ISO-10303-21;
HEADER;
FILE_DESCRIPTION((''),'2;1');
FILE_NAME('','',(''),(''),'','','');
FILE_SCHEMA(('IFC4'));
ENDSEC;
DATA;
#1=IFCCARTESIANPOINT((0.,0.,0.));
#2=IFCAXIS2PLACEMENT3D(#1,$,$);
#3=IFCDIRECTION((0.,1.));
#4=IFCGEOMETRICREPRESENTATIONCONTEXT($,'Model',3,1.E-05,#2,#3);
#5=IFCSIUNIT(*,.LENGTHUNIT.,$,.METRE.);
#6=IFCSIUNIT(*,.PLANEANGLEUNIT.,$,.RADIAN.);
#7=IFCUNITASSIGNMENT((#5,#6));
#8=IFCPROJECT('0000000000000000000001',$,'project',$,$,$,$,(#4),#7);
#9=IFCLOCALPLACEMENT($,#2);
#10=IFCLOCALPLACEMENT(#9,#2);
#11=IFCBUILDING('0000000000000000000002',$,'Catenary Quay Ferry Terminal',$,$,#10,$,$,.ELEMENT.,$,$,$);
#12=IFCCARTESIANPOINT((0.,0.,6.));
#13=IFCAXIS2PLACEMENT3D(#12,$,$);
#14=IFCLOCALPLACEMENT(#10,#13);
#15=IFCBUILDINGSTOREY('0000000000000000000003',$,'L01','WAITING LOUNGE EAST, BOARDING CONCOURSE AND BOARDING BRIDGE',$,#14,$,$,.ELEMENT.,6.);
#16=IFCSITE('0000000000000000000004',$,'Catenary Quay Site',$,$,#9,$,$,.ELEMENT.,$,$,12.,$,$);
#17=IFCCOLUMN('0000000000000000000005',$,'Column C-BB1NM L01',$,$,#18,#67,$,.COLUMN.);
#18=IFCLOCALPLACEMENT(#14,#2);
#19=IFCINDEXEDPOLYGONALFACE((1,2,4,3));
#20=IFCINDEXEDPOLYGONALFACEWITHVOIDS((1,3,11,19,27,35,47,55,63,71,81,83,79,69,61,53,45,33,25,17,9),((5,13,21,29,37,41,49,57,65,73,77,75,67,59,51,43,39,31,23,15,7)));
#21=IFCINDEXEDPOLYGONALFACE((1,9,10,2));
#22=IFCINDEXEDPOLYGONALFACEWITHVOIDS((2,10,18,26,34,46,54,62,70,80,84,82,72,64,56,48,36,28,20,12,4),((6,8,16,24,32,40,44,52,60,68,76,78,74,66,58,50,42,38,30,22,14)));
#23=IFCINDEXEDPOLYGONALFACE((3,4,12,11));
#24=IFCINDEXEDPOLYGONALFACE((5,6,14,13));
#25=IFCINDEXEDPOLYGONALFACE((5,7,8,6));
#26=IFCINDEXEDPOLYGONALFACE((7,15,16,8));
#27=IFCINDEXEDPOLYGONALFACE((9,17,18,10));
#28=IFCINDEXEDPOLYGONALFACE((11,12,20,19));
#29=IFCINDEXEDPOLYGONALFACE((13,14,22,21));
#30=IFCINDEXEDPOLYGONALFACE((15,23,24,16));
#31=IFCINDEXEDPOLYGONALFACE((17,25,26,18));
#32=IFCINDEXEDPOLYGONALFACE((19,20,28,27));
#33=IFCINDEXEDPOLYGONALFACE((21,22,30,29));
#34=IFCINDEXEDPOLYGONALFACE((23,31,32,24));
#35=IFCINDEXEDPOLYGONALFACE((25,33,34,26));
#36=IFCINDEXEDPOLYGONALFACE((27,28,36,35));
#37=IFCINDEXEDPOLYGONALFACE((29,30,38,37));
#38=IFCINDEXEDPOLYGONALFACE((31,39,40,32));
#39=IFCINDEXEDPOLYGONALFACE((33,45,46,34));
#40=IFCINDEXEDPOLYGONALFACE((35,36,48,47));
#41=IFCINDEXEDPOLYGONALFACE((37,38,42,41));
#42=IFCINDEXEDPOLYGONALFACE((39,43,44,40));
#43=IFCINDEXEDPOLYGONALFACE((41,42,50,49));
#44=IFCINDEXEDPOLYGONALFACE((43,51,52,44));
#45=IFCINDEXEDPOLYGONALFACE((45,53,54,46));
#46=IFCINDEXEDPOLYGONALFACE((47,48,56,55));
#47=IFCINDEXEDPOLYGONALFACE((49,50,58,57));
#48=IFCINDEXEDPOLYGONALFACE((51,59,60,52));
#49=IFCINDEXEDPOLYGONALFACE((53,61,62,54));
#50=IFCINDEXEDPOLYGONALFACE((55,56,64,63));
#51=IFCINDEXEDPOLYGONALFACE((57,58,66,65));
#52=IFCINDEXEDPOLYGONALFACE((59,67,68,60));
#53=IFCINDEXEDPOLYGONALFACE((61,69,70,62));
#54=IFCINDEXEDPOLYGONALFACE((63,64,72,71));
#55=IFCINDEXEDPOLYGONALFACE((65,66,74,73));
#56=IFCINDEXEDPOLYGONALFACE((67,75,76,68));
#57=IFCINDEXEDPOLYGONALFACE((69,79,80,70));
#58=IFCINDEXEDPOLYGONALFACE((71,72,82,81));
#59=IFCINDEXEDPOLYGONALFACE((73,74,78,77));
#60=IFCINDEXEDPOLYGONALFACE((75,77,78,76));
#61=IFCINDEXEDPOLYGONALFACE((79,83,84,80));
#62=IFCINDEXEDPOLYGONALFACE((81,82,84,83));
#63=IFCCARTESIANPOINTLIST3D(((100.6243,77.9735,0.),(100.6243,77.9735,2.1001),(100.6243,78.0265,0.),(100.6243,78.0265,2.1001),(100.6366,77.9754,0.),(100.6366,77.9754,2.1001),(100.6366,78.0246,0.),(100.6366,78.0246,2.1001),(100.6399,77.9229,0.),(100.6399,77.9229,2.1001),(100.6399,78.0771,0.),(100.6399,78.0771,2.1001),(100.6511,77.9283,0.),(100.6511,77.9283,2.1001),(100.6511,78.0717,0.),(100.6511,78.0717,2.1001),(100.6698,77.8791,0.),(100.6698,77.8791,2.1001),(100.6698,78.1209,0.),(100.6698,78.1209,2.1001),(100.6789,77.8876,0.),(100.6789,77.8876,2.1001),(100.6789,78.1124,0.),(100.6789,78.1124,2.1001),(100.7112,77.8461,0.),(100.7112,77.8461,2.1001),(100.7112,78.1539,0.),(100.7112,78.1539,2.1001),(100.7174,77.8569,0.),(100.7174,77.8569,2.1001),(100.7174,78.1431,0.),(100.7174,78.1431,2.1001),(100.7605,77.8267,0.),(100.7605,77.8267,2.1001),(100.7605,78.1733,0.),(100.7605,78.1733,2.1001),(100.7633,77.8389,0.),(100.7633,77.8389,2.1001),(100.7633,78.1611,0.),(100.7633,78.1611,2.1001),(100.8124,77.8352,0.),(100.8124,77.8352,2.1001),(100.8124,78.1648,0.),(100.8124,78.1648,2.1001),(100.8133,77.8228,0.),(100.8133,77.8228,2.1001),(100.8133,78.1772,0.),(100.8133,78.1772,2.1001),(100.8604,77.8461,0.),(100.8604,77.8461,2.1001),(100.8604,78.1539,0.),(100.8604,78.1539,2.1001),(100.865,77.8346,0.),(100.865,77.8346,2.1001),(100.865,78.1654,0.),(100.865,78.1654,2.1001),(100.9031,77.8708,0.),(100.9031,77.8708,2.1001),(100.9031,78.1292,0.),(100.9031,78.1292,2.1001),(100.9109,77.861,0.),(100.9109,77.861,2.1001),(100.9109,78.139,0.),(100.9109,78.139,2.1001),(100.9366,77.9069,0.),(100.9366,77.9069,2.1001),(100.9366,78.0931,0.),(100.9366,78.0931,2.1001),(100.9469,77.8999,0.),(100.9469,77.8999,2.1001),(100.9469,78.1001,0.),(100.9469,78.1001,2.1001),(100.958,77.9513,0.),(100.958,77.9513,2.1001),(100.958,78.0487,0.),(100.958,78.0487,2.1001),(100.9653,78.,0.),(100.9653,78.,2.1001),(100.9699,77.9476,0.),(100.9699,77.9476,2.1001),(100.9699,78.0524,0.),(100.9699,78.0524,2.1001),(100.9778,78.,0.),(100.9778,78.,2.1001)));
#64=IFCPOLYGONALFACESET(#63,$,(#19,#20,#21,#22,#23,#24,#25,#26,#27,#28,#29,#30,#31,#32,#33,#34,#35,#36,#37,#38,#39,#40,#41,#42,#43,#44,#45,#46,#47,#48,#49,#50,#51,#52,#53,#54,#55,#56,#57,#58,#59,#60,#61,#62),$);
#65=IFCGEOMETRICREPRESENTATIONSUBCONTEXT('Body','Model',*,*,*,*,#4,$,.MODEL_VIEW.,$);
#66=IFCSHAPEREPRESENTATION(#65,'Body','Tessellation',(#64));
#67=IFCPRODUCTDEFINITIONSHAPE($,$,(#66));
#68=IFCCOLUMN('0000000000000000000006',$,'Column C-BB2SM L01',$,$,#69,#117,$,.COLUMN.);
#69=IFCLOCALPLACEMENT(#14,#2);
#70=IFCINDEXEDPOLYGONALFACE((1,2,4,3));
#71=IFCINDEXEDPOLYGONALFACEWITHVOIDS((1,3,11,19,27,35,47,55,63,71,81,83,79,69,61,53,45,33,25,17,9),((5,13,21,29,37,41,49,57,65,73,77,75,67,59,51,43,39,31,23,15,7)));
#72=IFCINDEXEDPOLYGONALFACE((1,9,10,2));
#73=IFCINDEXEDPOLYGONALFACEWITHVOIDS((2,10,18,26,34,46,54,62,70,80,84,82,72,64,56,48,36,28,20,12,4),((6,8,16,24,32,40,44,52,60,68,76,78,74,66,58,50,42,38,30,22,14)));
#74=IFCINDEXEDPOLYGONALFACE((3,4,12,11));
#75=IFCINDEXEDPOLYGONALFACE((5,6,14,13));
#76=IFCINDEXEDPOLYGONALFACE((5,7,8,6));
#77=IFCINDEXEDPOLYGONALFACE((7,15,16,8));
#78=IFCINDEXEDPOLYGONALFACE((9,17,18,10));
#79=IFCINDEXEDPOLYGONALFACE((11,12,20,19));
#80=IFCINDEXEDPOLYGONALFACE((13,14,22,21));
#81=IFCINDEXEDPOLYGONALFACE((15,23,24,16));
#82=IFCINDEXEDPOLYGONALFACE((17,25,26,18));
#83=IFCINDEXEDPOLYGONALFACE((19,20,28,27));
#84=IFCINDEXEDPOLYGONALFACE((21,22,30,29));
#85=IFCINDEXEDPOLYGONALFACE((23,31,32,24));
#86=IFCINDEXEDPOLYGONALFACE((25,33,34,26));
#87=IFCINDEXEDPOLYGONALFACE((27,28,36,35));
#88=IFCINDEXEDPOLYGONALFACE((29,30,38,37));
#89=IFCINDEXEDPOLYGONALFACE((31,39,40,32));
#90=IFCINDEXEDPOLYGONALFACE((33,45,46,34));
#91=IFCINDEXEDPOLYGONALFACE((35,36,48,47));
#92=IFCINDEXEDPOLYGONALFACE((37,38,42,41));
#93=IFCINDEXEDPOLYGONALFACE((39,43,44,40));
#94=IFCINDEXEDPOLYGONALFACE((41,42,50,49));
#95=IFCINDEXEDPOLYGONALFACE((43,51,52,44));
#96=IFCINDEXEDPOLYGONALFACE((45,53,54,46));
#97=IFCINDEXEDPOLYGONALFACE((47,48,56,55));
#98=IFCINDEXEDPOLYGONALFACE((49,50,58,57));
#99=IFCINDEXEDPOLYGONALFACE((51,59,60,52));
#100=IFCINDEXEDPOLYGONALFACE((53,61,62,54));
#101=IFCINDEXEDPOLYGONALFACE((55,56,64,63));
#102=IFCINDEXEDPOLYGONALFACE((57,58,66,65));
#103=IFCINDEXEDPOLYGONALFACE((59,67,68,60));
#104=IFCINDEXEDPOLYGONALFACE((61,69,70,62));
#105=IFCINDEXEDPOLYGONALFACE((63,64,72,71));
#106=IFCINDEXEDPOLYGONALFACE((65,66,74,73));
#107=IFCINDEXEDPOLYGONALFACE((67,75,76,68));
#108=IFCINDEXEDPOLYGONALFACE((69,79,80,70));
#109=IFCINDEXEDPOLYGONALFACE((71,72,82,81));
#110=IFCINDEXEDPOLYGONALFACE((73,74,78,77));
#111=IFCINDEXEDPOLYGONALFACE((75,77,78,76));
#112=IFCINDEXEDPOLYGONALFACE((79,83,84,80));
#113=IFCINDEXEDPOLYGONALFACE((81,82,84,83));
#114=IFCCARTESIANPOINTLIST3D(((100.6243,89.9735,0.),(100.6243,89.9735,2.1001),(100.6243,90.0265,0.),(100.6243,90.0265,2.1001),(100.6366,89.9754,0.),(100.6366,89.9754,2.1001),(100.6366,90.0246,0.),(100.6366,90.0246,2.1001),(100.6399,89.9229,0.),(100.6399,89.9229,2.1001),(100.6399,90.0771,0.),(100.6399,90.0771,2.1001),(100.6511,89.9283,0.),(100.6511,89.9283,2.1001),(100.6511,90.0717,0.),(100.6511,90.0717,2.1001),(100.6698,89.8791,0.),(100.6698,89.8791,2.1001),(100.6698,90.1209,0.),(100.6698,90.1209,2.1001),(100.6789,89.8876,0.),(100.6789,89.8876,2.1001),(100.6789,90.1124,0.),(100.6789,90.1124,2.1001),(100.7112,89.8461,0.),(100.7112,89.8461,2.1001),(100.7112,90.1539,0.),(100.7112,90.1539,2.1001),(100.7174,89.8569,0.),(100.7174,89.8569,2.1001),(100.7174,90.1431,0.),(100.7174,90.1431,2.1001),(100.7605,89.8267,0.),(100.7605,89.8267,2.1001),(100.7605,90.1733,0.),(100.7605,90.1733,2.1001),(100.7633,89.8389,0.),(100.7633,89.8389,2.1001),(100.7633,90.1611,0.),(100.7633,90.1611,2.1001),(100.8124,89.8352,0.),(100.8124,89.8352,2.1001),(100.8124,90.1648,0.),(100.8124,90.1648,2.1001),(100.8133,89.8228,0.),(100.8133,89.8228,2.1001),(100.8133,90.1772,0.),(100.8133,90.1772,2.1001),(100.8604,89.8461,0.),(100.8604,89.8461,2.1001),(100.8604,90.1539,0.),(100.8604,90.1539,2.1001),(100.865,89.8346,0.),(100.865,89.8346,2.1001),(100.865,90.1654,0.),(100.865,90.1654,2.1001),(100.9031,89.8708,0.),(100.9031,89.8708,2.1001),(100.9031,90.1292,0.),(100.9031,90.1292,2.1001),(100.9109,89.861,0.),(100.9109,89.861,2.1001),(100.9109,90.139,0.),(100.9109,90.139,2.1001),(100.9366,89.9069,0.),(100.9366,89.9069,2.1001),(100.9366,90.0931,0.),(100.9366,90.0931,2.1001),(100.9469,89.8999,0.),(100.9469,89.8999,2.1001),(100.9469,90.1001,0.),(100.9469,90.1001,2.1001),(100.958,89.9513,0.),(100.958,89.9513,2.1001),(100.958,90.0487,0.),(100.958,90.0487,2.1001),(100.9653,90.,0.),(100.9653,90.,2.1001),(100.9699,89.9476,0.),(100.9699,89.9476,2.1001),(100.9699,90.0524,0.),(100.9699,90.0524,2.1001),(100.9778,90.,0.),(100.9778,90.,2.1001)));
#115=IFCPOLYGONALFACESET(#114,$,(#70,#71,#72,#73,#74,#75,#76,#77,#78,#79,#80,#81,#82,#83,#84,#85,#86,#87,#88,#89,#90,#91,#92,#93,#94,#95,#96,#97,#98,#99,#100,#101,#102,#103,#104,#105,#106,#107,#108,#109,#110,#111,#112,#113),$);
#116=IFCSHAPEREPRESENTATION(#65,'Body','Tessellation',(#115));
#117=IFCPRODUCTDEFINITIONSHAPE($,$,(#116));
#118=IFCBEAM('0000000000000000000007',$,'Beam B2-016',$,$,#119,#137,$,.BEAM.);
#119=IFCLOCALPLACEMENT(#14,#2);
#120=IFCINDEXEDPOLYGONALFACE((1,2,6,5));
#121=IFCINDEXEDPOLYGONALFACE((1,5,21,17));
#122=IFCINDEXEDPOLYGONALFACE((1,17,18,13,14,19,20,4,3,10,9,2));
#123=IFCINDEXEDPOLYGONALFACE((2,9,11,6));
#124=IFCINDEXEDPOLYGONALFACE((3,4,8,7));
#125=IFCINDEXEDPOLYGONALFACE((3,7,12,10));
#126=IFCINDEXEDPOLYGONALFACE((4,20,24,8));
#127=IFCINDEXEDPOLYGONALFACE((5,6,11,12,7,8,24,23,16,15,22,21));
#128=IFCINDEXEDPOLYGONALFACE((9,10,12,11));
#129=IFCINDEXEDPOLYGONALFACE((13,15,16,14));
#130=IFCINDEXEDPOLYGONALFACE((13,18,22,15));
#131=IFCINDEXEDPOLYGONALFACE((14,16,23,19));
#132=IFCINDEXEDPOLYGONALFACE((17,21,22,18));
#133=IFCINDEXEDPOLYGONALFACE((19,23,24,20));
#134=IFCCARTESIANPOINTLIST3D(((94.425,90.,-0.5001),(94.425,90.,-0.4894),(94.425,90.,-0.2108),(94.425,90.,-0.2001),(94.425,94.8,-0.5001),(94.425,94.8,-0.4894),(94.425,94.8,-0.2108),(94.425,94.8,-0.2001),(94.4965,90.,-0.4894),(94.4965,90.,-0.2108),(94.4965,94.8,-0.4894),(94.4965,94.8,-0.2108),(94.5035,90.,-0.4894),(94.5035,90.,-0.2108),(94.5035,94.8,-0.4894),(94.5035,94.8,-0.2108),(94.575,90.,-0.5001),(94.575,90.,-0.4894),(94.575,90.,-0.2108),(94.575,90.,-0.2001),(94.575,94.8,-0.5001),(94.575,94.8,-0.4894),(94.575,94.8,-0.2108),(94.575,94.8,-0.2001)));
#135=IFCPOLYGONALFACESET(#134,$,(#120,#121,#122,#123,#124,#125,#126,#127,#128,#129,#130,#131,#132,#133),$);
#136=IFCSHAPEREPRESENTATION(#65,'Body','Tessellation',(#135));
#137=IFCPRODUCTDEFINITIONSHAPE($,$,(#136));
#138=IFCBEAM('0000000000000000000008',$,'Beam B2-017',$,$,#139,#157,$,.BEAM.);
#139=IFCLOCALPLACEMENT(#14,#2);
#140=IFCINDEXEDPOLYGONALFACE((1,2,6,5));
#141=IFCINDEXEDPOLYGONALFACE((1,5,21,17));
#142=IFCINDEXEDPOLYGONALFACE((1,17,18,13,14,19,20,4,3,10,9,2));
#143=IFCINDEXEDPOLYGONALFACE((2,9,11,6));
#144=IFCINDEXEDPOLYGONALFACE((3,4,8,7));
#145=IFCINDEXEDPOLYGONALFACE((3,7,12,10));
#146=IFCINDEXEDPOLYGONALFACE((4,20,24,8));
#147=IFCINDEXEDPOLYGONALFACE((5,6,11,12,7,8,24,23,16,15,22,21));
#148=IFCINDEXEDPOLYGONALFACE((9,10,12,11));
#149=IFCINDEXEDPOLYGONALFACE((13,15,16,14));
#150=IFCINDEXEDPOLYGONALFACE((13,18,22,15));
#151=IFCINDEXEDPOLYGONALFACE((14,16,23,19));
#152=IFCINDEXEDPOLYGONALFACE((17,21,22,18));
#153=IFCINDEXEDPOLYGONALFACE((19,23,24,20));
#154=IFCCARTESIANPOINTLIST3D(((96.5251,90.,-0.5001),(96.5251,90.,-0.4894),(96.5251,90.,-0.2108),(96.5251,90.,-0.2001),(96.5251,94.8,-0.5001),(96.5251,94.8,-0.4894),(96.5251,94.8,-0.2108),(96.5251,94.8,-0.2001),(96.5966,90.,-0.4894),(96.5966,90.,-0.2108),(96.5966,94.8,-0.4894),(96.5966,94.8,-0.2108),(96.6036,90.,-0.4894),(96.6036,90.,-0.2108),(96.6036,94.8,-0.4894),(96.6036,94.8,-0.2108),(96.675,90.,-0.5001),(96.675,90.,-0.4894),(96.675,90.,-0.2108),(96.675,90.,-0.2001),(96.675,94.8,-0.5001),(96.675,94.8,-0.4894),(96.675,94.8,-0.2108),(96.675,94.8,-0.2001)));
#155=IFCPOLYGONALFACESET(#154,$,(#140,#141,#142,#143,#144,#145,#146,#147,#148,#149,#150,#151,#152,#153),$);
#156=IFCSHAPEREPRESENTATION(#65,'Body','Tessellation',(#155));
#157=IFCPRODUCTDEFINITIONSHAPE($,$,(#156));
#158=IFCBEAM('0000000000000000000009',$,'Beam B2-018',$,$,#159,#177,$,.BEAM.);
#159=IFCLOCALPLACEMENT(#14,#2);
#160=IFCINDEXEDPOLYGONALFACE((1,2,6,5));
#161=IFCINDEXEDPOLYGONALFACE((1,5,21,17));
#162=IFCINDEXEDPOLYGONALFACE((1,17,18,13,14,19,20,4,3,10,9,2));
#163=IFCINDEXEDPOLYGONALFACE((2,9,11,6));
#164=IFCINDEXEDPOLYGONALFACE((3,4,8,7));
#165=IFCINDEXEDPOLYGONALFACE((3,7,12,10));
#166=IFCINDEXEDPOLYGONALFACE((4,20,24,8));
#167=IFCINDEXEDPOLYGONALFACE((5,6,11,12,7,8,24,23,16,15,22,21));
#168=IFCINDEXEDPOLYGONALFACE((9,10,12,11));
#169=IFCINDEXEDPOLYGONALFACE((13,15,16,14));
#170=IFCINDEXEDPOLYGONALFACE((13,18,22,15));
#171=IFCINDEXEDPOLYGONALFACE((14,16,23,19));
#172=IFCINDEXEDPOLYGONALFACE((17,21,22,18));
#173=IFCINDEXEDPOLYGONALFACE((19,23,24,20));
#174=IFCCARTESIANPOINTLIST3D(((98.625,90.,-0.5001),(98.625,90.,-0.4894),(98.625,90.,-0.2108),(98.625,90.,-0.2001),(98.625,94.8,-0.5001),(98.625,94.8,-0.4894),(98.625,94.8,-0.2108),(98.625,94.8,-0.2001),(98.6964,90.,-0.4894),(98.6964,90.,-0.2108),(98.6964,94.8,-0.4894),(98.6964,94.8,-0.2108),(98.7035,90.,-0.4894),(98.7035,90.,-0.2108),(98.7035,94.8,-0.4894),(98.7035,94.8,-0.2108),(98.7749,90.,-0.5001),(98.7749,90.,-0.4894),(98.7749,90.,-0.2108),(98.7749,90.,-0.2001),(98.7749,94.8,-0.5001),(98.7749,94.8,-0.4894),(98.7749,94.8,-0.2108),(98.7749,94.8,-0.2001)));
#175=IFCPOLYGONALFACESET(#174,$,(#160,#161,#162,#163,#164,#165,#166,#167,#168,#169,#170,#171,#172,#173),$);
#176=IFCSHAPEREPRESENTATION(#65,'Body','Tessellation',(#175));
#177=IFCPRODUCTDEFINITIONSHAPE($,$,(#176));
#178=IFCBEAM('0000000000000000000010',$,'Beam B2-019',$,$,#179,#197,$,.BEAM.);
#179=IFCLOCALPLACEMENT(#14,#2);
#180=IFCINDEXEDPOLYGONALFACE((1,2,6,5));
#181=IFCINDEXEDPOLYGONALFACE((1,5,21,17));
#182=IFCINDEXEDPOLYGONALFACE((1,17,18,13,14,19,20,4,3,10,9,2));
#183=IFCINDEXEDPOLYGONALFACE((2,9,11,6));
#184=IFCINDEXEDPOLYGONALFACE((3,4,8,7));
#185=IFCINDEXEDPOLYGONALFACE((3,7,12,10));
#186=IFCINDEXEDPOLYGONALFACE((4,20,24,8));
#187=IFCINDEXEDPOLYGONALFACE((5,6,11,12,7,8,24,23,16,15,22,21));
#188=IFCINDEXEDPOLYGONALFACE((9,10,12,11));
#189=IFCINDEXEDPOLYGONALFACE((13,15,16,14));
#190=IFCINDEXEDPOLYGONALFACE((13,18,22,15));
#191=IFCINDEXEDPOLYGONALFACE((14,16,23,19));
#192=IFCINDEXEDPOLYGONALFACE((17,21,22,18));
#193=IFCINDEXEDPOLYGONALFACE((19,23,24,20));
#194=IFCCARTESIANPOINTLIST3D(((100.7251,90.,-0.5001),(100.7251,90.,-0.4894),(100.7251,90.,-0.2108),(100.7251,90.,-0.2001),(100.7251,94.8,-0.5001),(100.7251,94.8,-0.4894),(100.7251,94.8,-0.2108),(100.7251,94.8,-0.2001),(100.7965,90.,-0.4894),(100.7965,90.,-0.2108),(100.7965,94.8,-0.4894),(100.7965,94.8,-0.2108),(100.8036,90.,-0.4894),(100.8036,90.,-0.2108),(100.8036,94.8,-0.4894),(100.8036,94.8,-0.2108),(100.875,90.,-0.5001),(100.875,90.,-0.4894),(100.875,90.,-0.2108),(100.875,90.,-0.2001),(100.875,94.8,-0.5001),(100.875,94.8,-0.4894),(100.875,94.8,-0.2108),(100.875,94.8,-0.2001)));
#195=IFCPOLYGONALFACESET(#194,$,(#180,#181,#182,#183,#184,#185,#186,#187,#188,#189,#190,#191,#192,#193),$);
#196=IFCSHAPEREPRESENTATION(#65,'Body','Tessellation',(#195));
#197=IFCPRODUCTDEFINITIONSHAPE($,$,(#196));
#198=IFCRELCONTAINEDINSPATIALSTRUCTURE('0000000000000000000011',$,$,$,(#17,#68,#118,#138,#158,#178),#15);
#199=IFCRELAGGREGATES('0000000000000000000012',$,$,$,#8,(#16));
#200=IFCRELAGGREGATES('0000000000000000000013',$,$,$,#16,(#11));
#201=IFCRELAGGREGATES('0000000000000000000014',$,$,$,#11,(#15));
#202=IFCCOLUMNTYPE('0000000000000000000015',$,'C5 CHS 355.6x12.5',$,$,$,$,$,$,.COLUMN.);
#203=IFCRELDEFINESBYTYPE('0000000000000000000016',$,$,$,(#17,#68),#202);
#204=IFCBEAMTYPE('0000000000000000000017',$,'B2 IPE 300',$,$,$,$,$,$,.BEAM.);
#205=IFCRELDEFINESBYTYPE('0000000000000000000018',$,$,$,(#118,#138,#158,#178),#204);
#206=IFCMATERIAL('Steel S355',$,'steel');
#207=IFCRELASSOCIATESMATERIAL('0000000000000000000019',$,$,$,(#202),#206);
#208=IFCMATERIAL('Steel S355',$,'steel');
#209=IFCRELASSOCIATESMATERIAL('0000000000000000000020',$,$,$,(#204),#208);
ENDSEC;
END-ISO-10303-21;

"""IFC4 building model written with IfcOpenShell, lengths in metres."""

from ifc_helpers import new_model, si_unit, direction, frame, origin, origin_2d, place, context, subcontext, project, spatial, hollow_circle, i_section, extrude, material, material_profile, profile_set, type_object, element, save


model = new_model("IFC4")

# Units and contexts
model_context = context("Model", 3, precision=1e-05, world=origin(), true_north=direction((0.0, 1.0)))
body_context = subcontext(model_context, "Body", "Model", "MODEL_VIEW")
ifc_project = project(units=[si_unit("LENGTHUNIT", "METRE"), si_unit("PLANEANGLEUNIT", "RADIAN")], contexts=[model_context])

# Site, building, storey
site_placement = place(None, origin())
site = spatial("IfcSite", under=ifc_project, at=site_placement, Name="Catenary Quay Site", CompositionType="ELEMENT", RefElevation=12.0)
building_placement = place(site_placement, origin())
building = spatial("IfcBuilding", under=site, at=building_placement, Name="Catenary Quay Ferry Terminal", CompositionType="ELEMENT")
storey_placement = place(building_placement, frame((0.0, 0.0, 6.0)))
storey = spatial("IfcBuildingStorey", under=building, at=storey_placement, Name="L01", Description="WAITING LOUNGE EAST, BOARDING CONCOURSE AND BOARDING BRIDGE", CompositionType="ELEMENT", Elevation=6.0)

# Columns
ifc_material_1 = material(Name="Steel S355", Category="steel")
ifc_material_profile_1 = material_profile(ifc_material_1, hollow_circle(Radius=0.1777, WallThickness=0.0125, at=origin_2d()), Name="CHS 355.6x12.5")
ifc_profile_set_1 = profile_set([ifc_material_profile_1], Name="Steel S355")
column_type = type_object("IfcColumnType", Name="C5 CHS 355.6x12.5", PredefinedType="COLUMN", material=ifc_profile_set_1)
for number, where, z_axis, x_axis, name in (
    (1, (100.8, 78.0, 0.0), (0.0, 0.0, 1.0), (1.0, 0.0, 0.0), "Column C-BB1NM L01"),
    (2, (100.8, 90.0, 0.0), (0.0, 0.0, 1.0), (1.0, 0.0, 0.0), "Column C-BB2SM L01"),
):
    element("IfcColumn", number, at=place(storey_placement, frame(where, z_axis=z_axis, x_axis=x_axis)), inside=storey, type_object=column_type, Name=name, PredefinedType="COLUMN", context=body_context, shape_type="SweptSolid", body=[
        extrude(hollow_circle(Radius=0.1777, WallThickness=0.0125, at=origin_2d()), origin(), (0.0, 0.0, 1.0), 2.1001),
    ])

# Beams
ifc_material_2 = material(Name="Steel S355", Category="steel")
ifc_material_profile_2 = material_profile(ifc_material_2, i_section(OverallWidth=0.1499, OverallDepth=0.3, WebThickness=0.0071, FlangeThickness=0.0107, at=origin_2d()), Name="IPE 300")
ifc_profile_set_2 = profile_set([ifc_material_profile_2], Name="Steel S355")
beam_type_1 = type_object("IfcBeamType", Name="B2 IPE 300", PredefinedType="BEAM", material=ifc_profile_set_2)
for number, where, z_axis, x_axis, name in (
    (3, (94.5, 90.0, -0.3501), (0.0, 1.0, 0.0), (-1.0, 0.0, 0.0), "Beam B2-016"),
    (4, (96.6001, 90.0, -0.3501), (0.0, 1.0, 0.0), (-1.0, 0.0, 0.0), "Beam B2-017"),
    (5, (98.7, 90.0, -0.3501), (0.0, 1.0, 0.0), (-1.0, 0.0, 0.0), "Beam B2-018"),
    (6, (100.8, 90.0, -0.3501), (0.0, 1.0, 0.0), (-1.0, 0.0, 0.0), "Beam B2-019"),
):
    element("IfcBeam", number, at=place(storey_placement, frame(where, z_axis=z_axis, x_axis=x_axis)), inside=storey, type_object=beam_type_1, Name=name, PredefinedType="BEAM", context=body_context, shape_type="SweptSolid", body=[
        extrude(i_section(OverallWidth=0.1499, OverallDepth=0.3, WebThickness=0.0071, FlangeThickness=0.0107, at=origin_2d()), origin(), (0.0, 0.0, 1.0), 4.8),
    ])

save(model, "model.ifc")
